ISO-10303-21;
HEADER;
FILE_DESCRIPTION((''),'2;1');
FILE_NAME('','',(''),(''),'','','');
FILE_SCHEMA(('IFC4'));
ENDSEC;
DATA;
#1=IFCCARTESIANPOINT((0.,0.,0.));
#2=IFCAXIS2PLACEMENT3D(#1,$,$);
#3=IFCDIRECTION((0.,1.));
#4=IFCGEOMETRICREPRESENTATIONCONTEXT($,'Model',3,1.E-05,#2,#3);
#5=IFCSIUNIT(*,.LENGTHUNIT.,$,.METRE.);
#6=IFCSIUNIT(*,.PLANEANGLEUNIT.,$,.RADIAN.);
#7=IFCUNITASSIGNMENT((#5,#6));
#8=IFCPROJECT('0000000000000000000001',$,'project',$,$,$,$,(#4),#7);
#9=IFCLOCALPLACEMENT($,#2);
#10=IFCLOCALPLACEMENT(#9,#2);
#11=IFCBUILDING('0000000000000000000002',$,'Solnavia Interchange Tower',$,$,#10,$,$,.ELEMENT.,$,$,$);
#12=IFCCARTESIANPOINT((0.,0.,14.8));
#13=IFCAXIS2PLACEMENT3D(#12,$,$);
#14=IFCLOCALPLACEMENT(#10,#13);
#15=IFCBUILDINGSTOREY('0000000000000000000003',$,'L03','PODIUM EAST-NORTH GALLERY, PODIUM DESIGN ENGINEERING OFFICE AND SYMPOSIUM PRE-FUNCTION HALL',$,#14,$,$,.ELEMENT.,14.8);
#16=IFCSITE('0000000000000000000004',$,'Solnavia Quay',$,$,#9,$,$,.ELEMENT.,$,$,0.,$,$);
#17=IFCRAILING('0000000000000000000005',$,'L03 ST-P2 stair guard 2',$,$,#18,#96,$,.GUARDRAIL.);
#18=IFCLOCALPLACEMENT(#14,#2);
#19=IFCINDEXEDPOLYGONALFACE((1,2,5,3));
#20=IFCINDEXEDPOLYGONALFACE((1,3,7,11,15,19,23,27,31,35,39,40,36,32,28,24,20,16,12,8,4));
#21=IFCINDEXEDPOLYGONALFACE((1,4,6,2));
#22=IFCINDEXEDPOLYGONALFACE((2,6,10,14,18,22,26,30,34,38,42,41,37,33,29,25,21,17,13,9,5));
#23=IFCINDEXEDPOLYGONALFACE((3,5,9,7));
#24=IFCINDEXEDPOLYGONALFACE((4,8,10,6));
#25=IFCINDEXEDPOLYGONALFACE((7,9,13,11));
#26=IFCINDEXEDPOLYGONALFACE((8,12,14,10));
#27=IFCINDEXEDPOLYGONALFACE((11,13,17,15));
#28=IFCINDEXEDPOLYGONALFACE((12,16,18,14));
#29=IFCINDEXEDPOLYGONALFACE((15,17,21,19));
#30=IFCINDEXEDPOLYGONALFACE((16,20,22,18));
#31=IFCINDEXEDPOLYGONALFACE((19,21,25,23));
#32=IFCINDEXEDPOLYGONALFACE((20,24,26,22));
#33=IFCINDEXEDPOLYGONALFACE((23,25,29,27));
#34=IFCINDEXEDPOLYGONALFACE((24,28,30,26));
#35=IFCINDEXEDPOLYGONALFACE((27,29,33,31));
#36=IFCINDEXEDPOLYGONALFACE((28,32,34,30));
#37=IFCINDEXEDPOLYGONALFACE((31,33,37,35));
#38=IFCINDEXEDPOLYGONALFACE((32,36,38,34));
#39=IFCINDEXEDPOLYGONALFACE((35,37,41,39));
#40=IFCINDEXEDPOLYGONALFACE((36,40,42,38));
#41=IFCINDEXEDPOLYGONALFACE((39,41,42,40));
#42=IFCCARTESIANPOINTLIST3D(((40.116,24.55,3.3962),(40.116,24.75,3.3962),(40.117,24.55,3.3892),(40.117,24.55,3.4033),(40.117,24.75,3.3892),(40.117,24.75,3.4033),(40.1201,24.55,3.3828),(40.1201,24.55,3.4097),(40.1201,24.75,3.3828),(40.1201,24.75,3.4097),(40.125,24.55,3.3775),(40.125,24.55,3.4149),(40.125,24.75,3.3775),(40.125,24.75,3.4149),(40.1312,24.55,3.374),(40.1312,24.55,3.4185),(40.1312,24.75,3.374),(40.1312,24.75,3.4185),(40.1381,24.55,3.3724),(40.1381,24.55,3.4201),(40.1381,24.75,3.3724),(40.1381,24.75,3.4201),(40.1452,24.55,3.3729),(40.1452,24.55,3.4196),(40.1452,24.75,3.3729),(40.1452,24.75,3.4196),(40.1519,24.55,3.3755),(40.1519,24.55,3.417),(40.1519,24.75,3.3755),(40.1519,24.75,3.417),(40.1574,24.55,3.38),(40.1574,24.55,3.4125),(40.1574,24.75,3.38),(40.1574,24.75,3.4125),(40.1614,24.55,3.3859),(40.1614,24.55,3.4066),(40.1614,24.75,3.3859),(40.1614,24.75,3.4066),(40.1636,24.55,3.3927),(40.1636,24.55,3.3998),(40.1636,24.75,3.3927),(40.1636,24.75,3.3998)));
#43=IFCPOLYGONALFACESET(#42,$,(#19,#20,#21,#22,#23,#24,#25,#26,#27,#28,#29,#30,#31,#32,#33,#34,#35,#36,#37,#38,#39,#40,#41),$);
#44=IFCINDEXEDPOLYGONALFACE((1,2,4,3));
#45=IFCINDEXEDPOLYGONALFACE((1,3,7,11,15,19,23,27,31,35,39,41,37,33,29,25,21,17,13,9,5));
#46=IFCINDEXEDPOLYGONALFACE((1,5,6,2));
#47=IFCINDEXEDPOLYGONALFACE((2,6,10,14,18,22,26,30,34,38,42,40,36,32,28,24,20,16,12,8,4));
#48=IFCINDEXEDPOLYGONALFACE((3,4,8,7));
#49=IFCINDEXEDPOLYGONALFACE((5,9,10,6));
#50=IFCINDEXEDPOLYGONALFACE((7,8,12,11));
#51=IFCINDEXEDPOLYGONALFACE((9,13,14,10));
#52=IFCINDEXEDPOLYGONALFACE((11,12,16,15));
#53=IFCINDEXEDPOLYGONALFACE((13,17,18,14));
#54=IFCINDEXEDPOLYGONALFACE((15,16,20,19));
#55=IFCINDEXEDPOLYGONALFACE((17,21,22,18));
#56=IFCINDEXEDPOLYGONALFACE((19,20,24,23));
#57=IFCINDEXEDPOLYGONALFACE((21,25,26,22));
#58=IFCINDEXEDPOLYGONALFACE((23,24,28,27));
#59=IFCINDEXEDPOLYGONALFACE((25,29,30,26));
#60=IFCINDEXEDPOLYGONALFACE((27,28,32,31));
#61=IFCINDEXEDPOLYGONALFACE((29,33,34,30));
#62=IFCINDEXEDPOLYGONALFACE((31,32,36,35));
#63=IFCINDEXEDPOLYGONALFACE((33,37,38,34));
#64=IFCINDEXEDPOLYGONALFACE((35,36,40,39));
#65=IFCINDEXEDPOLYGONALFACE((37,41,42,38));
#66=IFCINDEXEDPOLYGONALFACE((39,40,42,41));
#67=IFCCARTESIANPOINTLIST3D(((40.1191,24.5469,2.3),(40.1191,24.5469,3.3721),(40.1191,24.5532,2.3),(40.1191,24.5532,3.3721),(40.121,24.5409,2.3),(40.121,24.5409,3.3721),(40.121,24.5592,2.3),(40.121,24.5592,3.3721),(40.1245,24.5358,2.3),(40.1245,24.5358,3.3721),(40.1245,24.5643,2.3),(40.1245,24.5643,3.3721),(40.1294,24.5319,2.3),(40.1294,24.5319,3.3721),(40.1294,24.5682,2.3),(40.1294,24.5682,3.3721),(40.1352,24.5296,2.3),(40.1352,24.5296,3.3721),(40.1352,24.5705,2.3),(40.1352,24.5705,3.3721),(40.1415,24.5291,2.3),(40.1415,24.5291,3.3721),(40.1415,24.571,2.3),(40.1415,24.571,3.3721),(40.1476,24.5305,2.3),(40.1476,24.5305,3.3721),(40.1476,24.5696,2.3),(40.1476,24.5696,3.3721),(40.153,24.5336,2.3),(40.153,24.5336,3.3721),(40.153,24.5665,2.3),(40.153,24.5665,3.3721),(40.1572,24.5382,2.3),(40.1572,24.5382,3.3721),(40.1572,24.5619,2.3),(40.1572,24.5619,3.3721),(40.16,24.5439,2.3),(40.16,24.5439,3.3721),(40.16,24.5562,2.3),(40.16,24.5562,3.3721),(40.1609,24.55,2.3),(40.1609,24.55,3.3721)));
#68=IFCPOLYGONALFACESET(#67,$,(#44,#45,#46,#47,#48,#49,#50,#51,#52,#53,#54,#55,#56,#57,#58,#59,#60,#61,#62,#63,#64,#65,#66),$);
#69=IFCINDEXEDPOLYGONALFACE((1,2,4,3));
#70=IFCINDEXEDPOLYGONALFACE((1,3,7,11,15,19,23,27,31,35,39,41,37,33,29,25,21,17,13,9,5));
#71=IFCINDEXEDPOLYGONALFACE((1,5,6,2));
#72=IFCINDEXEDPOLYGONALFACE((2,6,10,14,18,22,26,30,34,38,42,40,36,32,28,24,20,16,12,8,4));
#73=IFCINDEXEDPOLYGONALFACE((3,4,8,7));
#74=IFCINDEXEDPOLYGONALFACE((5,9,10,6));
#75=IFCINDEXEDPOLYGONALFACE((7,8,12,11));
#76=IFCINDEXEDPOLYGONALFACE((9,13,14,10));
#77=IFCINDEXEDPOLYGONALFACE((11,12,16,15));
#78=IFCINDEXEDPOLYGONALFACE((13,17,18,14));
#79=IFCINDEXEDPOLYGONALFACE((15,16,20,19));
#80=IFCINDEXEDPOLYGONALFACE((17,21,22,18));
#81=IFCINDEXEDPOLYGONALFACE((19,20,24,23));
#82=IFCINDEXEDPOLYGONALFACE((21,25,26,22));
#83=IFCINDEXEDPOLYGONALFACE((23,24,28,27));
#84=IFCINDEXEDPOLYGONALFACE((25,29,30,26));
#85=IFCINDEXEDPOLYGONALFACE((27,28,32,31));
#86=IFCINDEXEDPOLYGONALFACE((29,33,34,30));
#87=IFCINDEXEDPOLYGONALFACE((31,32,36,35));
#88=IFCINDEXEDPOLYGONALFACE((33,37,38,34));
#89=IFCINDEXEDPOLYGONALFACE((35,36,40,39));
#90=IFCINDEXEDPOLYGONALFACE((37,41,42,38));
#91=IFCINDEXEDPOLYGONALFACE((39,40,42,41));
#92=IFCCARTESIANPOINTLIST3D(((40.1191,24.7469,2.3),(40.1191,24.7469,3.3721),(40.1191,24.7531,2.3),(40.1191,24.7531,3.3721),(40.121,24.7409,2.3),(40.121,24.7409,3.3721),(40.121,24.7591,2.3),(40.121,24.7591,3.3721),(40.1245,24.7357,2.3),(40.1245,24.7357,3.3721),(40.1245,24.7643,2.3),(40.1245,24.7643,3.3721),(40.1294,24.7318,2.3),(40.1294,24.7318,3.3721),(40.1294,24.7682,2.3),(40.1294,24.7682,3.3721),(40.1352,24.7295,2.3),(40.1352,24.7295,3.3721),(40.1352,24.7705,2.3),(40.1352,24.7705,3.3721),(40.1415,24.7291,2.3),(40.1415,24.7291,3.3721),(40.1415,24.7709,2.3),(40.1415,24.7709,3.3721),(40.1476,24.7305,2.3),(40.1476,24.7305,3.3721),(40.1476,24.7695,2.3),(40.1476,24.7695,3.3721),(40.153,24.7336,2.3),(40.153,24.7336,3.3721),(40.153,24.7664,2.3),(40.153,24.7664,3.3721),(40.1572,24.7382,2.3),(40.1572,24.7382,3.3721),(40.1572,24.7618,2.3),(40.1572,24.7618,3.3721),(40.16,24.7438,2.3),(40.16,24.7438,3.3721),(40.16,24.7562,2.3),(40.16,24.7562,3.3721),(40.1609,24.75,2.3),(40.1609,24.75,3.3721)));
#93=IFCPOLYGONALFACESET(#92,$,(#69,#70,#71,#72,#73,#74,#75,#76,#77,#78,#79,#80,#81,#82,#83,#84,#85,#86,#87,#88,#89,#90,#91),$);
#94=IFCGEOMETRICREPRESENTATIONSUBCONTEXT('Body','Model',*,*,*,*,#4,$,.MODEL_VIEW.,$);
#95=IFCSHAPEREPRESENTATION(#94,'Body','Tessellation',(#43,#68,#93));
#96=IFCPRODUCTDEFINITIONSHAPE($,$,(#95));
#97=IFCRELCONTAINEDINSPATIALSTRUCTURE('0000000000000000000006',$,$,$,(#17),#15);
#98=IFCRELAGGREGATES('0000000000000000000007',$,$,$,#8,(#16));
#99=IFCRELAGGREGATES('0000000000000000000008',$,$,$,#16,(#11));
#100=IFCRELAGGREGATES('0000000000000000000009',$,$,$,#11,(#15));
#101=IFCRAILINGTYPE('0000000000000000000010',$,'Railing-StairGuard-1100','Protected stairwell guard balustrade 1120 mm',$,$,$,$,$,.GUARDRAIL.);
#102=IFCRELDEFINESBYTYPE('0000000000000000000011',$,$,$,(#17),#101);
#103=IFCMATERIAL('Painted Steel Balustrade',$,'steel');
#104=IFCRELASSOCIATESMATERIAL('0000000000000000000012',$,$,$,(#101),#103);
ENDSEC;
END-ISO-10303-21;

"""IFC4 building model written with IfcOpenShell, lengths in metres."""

from ifc_helpers import new_model, si_unit, direction, frame, origin, origin_2d, place, context, subcontext, project, spatial, circle, extrude, material, type_object, element, save


model = new_model("IFC4")

# Units and contexts
model_context = context("Model", 3, precision=1e-05, world=origin(), true_north=direction((0.0, 1.0)))
body_context = subcontext(model_context, "Body", "Model", "MODEL_VIEW")
ifc_project = project(units=[si_unit("LENGTHUNIT", "METRE"), si_unit("PLANEANGLEUNIT", "RADIAN")], contexts=[model_context])

# Site, building, storey
site_placement = place(None, origin())
site = spatial("IfcSite", under=ifc_project, at=site_placement, Name="Solnavia Quay", CompositionType="ELEMENT", RefElevation=0.0)
building_placement = place(site_placement, origin())
building = spatial("IfcBuilding", under=site, at=building_placement, Name="Solnavia Interchange Tower", CompositionType="ELEMENT")
storey_placement = place(building_placement, frame((0.0, 0.0, 14.8)))
storey = spatial("IfcBuildingStorey", under=building, at=storey_placement, Name="L03", Description="PODIUM EAST-NORTH GALLERY, PODIUM DESIGN ENGINEERING OFFICE AND SYMPOSIUM PRE-FUNCTION HALL", CompositionType="ELEMENT", Elevation=14.8)

# Railing
ifc_material_1 = material(Name="Painted Steel Balustrade", Category="steel")
railing_type_1 = type_object("IfcRailingType", Name="Railing-StairGuard-1100", Description="Protected stairwell guard balustrade 1120 mm", PredefinedType="GUARDRAIL", material=ifc_material_1)
railing_1_placement = place(storey_placement, frame((40.1399, 24.55, 2.3)))
element("IfcRailing", 1, at=railing_1_placement, inside=storey, type_object=railing_type_1, Name="L03 ST-P2 stair guard 2", PredefinedType="GUARDRAIL", context=body_context, shape_type="SweptSolid", body=[
    extrude(circle(Radius=0.0239, at=origin_2d()), frame((0.0, 0.0, 1.0962), z_axis=(0.0, 1.0, 0.0), x_axis=(-1.0, 0.0, 0.0)), (0.0, 0.0, 1.0), 0.2),
    extrude(circle(Radius=0.021, at=origin_2d()), origin(), (0.0, 0.0, 1.0), 1.072),
    extrude(circle(Radius=0.021, at=origin_2d()), frame((0.0, 0.2, 0.0)), (0.0, 0.0, 1.0), 1.072),
])

save(model, "model.ifc")
